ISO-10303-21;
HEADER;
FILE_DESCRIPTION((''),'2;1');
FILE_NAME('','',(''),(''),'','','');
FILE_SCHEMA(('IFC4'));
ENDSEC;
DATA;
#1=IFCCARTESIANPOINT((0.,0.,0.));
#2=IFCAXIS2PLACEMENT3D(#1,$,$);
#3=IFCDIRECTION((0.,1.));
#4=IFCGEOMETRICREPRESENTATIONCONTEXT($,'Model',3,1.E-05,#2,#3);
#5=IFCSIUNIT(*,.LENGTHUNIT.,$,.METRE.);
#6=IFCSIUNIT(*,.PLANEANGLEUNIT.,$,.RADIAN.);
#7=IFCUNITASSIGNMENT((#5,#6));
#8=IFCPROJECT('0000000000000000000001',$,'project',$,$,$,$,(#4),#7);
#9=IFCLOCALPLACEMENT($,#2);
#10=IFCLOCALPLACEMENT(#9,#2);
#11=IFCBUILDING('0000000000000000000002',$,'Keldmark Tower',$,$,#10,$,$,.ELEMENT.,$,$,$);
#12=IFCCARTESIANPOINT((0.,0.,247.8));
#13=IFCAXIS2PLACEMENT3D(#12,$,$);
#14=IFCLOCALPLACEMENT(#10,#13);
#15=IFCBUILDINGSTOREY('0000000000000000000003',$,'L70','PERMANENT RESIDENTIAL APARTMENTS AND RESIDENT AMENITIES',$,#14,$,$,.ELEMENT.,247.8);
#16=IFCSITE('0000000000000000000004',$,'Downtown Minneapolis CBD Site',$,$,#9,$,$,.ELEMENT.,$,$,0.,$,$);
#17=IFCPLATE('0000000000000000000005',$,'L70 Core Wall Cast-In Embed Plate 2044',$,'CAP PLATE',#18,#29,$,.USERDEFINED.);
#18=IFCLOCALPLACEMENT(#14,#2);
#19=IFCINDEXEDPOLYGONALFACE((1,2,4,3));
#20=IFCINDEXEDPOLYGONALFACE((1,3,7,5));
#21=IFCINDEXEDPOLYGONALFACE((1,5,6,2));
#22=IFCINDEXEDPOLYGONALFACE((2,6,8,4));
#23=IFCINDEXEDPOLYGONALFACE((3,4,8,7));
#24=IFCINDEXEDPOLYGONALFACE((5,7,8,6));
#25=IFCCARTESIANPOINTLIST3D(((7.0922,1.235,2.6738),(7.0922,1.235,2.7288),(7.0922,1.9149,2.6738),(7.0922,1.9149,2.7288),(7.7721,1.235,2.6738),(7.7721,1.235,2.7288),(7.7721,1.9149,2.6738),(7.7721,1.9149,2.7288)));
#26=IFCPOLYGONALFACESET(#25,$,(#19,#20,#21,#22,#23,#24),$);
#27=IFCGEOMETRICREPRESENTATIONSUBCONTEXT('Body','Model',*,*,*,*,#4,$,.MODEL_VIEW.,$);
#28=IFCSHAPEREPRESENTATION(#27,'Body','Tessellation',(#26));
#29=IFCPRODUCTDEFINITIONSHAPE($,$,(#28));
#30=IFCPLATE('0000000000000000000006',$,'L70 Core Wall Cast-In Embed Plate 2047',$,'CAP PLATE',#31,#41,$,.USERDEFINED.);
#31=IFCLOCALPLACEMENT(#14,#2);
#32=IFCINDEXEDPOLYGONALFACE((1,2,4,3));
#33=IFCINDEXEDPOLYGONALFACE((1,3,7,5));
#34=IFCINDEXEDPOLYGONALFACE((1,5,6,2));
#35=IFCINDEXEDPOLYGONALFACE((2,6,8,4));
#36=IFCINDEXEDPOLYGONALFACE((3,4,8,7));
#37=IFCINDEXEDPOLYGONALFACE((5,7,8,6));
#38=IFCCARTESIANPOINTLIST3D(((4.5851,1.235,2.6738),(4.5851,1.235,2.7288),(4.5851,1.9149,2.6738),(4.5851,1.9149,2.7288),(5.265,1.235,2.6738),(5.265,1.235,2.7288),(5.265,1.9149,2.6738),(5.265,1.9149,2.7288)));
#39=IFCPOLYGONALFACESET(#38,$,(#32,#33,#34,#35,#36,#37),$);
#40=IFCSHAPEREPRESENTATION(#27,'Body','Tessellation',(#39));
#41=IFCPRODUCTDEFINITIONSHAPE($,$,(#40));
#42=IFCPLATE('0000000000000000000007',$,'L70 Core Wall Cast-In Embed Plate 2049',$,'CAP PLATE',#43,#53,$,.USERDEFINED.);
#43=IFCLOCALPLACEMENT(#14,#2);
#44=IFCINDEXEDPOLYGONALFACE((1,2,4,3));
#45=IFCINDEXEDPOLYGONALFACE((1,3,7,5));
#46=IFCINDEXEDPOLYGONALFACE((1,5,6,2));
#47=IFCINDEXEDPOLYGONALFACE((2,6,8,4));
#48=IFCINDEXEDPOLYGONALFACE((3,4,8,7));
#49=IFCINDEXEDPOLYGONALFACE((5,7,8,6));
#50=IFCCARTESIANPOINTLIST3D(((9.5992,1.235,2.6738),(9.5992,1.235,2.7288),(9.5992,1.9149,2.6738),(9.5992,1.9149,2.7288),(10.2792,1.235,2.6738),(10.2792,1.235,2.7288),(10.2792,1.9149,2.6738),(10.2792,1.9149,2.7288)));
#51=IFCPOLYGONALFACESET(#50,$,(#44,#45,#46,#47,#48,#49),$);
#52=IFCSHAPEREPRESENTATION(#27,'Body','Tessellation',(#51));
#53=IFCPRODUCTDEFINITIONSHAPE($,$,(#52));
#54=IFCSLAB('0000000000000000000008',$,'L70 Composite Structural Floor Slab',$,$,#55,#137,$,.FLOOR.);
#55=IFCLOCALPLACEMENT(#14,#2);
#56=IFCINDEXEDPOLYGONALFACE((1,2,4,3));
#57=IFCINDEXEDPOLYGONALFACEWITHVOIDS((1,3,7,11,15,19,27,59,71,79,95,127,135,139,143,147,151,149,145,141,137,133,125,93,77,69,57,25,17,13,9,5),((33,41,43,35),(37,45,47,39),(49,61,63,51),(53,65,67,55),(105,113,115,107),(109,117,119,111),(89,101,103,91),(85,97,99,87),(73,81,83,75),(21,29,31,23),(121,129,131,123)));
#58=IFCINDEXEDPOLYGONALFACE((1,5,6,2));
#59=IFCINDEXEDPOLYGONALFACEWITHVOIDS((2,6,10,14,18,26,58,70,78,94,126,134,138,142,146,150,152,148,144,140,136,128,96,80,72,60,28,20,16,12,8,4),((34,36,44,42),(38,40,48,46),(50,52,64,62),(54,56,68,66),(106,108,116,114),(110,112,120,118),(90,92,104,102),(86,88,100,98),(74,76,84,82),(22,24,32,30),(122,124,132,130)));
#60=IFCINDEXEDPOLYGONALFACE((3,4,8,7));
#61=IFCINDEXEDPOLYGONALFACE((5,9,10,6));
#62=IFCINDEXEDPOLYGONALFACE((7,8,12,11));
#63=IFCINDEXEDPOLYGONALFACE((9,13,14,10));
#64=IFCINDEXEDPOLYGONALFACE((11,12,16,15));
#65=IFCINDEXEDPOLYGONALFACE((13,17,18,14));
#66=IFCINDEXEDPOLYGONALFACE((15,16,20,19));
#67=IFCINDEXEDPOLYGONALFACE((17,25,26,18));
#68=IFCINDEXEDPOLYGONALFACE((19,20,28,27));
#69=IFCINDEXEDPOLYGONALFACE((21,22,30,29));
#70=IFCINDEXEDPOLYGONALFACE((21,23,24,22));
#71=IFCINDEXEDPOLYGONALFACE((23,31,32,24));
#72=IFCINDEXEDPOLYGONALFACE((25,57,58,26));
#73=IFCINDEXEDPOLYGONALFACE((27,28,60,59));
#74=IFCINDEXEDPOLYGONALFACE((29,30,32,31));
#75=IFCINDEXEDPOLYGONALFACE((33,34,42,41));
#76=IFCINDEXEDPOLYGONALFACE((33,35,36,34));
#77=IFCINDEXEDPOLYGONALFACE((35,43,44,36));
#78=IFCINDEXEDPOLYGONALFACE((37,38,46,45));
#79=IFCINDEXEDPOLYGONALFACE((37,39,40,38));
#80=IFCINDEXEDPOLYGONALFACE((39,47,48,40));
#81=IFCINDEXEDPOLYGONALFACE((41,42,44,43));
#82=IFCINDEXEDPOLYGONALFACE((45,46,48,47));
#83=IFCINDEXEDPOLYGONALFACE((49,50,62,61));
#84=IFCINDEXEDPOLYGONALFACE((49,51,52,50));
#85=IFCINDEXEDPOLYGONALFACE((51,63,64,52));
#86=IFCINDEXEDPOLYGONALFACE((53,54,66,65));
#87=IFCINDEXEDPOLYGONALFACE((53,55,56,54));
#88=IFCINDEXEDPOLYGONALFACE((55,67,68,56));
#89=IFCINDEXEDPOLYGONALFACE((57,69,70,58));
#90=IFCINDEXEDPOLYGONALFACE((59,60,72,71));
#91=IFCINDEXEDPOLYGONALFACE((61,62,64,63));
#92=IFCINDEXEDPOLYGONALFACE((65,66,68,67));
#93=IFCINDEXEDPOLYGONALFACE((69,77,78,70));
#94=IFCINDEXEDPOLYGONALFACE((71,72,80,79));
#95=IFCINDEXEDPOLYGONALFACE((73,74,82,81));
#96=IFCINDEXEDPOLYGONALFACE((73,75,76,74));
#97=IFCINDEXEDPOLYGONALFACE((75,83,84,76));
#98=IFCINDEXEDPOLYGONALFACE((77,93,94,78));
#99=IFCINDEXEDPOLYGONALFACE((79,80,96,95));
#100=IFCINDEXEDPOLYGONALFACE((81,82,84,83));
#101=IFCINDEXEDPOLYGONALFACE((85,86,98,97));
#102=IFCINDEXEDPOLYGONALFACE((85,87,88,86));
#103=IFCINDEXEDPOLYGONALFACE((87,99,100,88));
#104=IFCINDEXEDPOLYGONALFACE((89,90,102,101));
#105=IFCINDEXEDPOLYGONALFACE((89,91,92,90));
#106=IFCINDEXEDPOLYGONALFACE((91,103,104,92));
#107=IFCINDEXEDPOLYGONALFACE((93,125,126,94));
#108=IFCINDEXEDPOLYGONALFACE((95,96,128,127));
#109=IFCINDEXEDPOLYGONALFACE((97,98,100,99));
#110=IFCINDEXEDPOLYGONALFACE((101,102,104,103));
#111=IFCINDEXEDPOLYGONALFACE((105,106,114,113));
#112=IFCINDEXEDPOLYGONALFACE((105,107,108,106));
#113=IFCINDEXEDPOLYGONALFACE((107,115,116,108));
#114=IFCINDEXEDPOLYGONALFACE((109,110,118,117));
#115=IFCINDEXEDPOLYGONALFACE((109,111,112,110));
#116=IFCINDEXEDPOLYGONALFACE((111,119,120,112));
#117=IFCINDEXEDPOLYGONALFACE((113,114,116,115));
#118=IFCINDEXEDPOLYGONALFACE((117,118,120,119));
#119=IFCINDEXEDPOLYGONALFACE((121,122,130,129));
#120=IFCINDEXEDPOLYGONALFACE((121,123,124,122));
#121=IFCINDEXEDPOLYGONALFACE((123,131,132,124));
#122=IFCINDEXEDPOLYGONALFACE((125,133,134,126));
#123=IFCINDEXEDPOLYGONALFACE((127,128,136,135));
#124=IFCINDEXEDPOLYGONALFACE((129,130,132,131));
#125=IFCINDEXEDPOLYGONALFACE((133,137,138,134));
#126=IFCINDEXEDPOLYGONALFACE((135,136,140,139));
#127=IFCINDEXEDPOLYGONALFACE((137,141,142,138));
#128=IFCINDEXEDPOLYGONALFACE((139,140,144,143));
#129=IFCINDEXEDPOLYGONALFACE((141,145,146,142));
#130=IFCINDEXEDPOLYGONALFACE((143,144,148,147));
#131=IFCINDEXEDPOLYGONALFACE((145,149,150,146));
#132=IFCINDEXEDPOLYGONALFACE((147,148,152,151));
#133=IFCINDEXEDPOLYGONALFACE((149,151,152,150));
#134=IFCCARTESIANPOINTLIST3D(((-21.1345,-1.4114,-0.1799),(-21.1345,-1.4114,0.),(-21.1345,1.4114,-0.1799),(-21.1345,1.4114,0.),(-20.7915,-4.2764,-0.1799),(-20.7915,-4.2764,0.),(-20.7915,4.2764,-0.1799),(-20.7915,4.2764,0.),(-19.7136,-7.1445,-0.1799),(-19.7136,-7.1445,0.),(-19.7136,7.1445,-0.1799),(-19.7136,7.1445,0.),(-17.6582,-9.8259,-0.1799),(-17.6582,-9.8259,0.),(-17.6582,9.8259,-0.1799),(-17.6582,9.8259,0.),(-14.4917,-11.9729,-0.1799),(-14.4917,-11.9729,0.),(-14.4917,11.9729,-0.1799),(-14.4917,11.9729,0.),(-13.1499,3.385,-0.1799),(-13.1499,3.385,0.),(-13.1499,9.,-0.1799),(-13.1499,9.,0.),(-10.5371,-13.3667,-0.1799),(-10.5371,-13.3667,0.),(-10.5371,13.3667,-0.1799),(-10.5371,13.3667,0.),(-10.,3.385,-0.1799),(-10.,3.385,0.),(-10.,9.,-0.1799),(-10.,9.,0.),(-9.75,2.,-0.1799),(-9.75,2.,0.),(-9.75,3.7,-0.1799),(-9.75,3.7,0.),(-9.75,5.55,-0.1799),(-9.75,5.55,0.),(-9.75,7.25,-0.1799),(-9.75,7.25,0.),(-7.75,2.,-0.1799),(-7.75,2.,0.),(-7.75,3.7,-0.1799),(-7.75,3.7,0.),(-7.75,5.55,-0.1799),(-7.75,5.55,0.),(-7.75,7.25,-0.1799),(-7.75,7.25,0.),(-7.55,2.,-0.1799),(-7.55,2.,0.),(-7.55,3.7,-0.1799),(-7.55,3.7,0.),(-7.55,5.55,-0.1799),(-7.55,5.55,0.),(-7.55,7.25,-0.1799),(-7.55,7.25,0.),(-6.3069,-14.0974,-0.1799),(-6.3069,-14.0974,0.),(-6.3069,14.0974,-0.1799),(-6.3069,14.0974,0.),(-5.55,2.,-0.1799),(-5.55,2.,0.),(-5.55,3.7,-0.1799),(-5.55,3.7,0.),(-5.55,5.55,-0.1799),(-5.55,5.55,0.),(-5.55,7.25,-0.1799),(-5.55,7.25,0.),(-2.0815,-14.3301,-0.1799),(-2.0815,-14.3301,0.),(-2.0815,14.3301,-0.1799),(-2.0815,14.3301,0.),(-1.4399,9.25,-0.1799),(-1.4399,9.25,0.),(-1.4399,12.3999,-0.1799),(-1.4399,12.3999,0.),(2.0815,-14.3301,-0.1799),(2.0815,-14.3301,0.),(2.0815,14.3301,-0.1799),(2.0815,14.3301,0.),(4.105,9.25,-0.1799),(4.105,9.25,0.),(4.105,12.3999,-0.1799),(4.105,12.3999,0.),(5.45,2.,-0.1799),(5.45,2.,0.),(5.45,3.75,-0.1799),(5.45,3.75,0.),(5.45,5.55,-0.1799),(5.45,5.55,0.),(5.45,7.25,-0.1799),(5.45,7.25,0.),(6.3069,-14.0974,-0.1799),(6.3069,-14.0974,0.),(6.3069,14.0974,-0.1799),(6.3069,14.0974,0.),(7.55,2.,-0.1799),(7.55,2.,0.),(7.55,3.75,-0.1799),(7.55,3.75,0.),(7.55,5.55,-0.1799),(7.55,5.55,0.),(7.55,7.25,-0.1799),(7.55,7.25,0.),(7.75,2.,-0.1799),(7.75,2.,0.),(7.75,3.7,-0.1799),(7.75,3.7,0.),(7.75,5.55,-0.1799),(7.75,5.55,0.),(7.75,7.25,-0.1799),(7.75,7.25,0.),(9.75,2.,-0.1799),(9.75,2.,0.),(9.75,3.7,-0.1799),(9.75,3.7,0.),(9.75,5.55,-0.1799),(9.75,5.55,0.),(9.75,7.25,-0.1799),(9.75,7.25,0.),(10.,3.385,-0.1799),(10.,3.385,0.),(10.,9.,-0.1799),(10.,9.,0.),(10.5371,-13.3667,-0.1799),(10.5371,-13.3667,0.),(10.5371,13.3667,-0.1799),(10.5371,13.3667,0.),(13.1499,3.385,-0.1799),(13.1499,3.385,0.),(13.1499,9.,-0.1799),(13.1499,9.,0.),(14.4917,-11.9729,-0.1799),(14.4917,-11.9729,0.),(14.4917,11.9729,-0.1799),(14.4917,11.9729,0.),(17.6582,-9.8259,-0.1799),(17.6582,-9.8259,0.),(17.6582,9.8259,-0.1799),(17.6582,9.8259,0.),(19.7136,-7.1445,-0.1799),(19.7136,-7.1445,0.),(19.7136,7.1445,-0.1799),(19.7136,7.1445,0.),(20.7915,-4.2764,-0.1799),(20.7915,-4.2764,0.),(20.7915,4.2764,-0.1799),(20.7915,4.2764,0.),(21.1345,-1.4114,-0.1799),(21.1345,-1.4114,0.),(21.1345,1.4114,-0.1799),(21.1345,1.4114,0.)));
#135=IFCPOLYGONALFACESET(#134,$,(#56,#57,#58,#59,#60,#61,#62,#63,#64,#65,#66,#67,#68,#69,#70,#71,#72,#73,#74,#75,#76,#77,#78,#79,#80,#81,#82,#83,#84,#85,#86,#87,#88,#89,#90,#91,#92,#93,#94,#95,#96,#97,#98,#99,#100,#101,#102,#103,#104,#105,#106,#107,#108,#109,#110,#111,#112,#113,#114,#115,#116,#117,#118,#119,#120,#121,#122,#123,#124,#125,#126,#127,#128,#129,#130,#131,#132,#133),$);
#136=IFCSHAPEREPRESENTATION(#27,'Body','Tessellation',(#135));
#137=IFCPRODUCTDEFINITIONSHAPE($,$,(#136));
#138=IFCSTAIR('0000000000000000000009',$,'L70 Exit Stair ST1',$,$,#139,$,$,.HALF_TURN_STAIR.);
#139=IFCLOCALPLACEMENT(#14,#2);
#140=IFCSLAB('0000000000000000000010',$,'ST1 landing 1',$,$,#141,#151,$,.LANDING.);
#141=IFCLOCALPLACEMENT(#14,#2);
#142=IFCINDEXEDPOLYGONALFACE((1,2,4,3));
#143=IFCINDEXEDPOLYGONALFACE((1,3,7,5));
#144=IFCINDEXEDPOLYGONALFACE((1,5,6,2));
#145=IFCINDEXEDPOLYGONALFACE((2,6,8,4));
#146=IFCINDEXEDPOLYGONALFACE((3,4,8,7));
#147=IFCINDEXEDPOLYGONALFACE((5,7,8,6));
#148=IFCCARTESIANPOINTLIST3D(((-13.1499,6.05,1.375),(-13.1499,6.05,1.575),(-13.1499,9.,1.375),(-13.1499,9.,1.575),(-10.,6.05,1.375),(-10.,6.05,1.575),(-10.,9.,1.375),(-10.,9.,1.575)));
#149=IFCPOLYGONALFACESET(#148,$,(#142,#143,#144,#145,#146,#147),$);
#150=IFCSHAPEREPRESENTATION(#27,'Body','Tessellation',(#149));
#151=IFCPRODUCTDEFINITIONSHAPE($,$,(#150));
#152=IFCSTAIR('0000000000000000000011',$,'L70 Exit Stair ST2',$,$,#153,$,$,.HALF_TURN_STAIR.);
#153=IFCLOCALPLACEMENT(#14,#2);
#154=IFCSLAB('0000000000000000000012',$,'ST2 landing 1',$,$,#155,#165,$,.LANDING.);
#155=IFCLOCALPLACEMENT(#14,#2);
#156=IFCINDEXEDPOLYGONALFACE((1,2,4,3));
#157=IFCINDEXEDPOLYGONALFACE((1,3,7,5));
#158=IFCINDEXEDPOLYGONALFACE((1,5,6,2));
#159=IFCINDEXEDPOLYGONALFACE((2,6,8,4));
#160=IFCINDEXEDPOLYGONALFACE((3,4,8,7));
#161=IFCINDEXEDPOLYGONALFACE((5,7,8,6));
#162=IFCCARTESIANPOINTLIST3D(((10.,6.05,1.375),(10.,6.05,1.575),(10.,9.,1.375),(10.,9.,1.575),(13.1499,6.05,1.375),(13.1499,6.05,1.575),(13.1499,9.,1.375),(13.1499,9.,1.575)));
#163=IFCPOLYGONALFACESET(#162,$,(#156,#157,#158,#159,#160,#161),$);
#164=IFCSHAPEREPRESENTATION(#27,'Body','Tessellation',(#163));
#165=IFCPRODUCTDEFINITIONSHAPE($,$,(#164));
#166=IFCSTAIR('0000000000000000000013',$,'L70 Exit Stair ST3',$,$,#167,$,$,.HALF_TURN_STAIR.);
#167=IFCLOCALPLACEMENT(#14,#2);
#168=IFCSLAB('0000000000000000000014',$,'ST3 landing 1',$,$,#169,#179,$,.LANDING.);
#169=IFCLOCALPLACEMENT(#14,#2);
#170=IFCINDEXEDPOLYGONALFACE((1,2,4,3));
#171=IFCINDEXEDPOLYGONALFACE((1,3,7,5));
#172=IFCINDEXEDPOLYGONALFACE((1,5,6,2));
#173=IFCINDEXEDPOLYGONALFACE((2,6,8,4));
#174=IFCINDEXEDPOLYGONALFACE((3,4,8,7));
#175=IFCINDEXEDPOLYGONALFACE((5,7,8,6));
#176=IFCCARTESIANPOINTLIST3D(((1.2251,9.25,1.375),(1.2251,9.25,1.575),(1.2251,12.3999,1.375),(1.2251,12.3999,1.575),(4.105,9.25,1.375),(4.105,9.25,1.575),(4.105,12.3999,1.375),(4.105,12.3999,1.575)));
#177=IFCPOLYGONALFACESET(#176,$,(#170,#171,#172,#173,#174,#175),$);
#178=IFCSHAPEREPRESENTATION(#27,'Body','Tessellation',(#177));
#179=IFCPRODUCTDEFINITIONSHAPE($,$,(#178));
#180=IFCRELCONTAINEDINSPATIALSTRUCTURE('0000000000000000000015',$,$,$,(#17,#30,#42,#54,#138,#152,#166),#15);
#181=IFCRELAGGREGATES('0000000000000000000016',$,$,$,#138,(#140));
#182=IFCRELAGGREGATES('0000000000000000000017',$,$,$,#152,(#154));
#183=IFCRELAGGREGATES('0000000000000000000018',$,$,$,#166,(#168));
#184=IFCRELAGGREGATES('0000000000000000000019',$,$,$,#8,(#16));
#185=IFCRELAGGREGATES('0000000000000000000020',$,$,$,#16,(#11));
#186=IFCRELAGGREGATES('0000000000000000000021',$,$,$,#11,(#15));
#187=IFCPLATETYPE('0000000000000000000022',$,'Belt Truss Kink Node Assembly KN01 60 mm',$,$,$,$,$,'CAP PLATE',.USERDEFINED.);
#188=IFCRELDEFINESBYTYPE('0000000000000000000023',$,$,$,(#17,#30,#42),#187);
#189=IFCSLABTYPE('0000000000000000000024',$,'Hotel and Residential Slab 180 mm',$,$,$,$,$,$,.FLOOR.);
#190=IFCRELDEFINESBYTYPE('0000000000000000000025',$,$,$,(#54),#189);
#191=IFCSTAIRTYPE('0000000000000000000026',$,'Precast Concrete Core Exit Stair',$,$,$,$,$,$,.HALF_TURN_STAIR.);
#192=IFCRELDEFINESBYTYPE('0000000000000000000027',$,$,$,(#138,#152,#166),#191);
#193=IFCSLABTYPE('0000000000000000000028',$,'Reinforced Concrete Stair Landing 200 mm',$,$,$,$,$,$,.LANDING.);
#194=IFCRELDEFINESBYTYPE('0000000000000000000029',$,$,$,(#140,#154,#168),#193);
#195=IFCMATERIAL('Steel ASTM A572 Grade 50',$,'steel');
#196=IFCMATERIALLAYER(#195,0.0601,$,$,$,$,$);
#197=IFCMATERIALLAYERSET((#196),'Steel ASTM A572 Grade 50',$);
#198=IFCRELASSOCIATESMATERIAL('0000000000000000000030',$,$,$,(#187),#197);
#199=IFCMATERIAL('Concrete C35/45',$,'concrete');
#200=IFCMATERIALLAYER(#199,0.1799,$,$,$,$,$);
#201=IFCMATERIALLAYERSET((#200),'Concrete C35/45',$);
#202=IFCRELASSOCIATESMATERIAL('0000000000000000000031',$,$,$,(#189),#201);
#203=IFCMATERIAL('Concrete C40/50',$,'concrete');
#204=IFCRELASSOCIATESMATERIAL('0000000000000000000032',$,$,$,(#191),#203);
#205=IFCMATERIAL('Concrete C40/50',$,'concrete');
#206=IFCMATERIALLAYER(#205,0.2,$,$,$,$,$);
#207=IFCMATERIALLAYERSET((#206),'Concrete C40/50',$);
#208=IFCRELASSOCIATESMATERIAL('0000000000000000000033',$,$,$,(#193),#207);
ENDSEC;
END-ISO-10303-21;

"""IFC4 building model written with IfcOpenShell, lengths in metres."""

from ifc_helpers import new_model, si_unit, direction, frame, origin, origin_2d, place, context, subcontext, project, spatial, polyline, rectangle, outline, extrude, material, layer, layer_set, type_object, element, aggregate, save


model = new_model("IFC4")

# Units and contexts
model_context = context("Model", 3, precision=1e-05, world=origin(), true_north=direction((0.0, 1.0)))
body_context = subcontext(model_context, "Body", "Model", "MODEL_VIEW")
ifc_project = project(units=[si_unit("LENGTHUNIT", "METRE"), si_unit("PLANEANGLEUNIT", "RADIAN")], contexts=[model_context])

# Site, building, storey
site_placement = place(None, origin())
site = spatial("IfcSite", under=ifc_project, at=site_placement, Name="Downtown Minneapolis CBD Site", CompositionType="ELEMENT", RefElevation=0.0)
building_placement = place(site_placement, origin())
building = spatial("IfcBuilding", under=site, at=building_placement, Name="Keldmark Tower", CompositionType="ELEMENT")
storey_placement = place(building_placement, frame((0.0, 0.0, 247.8)))
storey = spatial("IfcBuildingStorey", under=building, at=storey_placement, Name="L70", Description="PERMANENT RESIDENTIAL APARTMENTS AND RESIDENT AMENITIES", CompositionType="ELEMENT", Elevation=247.8)

# Plates
ifc_material_1 = material(Name="Steel ASTM A572 Grade 50", Category="steel")
ifc_layer_1 = layer(ifc_material_1, 0.0601)
ifc_layer_set_1 = layer_set([ifc_layer_1], Name="Steel ASTM A572 Grade 50")
plate_type = type_object("IfcPlateType", Name="Belt Truss Kink Node Assembly KN01 60 mm", ElementType="CAP PLATE", PredefinedType="USERDEFINED", material=ifc_layer_set_1)
for number, where, z_axis, x_axis, name in (
    (1, (7.4321, 1.575, 2.6738), (0.0, 0.0, 1.0), (1.0, 0.0, 0.0), "L70 Core Wall Cast-In Embed Plate 2044"),
    (2, (4.925, 1.575, 2.6738), (0.0, 0.0, 1.0), (1.0, 0.0, 0.0), "L70 Core Wall Cast-In Embed Plate 2047"),
    (3, (9.9392, 1.575, 2.6738), (0.0, 0.0, 1.0), (1.0, 0.0, 0.0), "L70 Core Wall Cast-In Embed Plate 2049"),
):
    element("IfcPlate", number, at=place(storey_placement, frame(where, z_axis=z_axis, x_axis=x_axis)), inside=storey, type_object=plate_type, Name=name, ObjectType="CAP PLATE", PredefinedType="USERDEFINED", context=body_context, shape_type="SweptSolid", body=[
        extrude(rectangle(XDim=0.6799, YDim=0.6799, at=origin_2d()), origin(), (0.0, 0.0, 1.0), 0.0549),
    ])

# Slab
ifc_material_2 = material(Name="Concrete C35/45", Category="concrete")
ifc_layer_2 = layer(ifc_material_2, 0.1799)
ifc_layer_set_2 = layer_set([ifc_layer_2], Name="Concrete C35/45")
slab_type_1 = type_object("IfcSlabType", Name="Hotel and Residential Slab 180 mm", PredefinedType="FLOOR", material=ifc_layer_set_2)
slab_1_placement = place(storey_placement, frame((0.0, 0.0, -0.1799)))
element("IfcSlab", 4, at=slab_1_placement, inside=storey, type_object=slab_type_1, Name="L70 Composite Structural Floor Slab", PredefinedType="FLOOR", context=body_context, shape_type="SweptSolid", body=[
    extrude(outline(polyline([(21.1345, 1.4114), (20.7915, 4.2764), (19.7136, 7.1445), (17.6582, 9.8259), (14.4917, 11.9729), (10.5371, 13.3667), (6.3069, 14.0974), (2.0815, 14.3301), (-2.0815, 14.3301), (-6.3069, 14.0974), (-10.5371, 13.3667), (-14.4917, 11.9729), (-17.6582, 9.8259), (-19.7136, 7.1445), (-20.7915, 4.2764), (-21.1345, 1.4114), (-21.1345, -1.4114), (-20.7915, -4.2764), (-19.7136, -7.1445), (-17.6582, -9.8259), (-14.4917, -11.9729), (-10.5371, -13.3667), (-6.3069, -14.0974), (-2.0815, -14.3301), (2.0815, -14.3301), (6.3069, -14.0974), (10.5371, -13.3667), (14.4917, -11.9729), (17.6582, -9.8259), (19.7136, -7.1445), (20.7915, -4.2764), (21.1345, -1.4114), (21.1345, 1.4114)]), holes=[polyline([(-10.0, 3.385), (-10.0, 9.0), (-13.1499, 9.0), (-13.1499, 3.385), (-10.0, 3.385)]), polyline([(13.1499, 3.385), (13.1499, 9.0), (10.0, 9.0), (10.0, 3.385), (13.1499, 3.385)]), polyline([(-1.4399, 9.25), (4.105, 9.25), (4.105, 12.3999), (-1.4399, 12.3999), (-1.4399, 9.25)]), polyline([(-9.75, 2.0), (-7.75, 2.0), (-7.75, 3.7), (-9.75, 3.7), (-9.75, 2.0)]), polyline([(7.75, 2.0), (9.75, 2.0), (9.75, 3.7), (7.75, 3.7), (7.75, 2.0)]), polyline([(5.45, 2.0), (7.55, 2.0), (7.55, 3.75), (5.45, 3.75), (5.45, 2.0)]), polyline([(-9.75, 5.55), (-7.75, 5.55), (-7.75, 7.25), (-9.75, 7.25), (-9.75, 5.55)]), polyline([(-7.55, 5.55), (-5.55, 5.55), (-5.55, 7.25), (-7.55, 7.25), (-7.55, 5.55)]), polyline([(-7.55, 2.0), (-5.55, 2.0), (-5.55, 3.7), (-7.55, 3.7), (-7.55, 2.0)]), polyline([(5.45, 5.55), (7.55, 5.55), (7.55, 7.25), (5.45, 7.25), (5.45, 5.55)]), polyline([(7.75, 5.55), (9.75, 5.55), (9.75, 7.25), (7.75, 7.25), (7.75, 5.55)])]), origin(), (0.0, 0.0, 1.0), 0.1799),
])

# Stairs, slabs
ifc_material_3 = material(Name="Concrete C40/50", Category="concrete")
stair_type = type_object("IfcStairType", Name="Precast Concrete Core Exit Stair", PredefinedType="HALF_TURN_STAIR", material=ifc_material_3)
stair_1_placement = place(storey_placement, origin())
stair_1 = element("IfcStair", 5, at=stair_1_placement, inside=storey, type_object=stair_type, Name="L70 Exit Stair ST1", PredefinedType="HALF_TURN_STAIR")
ifc_material_4 = material(Name="Concrete C40/50", Category="concrete")
ifc_layer_3 = layer(ifc_material_4, 0.2)
ifc_layer_set_3 = layer_set([ifc_layer_3], Name="Concrete C40/50")
slab_type_2 = type_object("IfcSlabType", Name="Reinforced Concrete Stair Landing 200 mm", PredefinedType="LANDING", material=ifc_layer_set_3)
slab_2_placement = place(storey_placement, frame((0.0, 0.0, 1.375)))
slab_2 = element("IfcSlab", 6, at=slab_2_placement, type_object=slab_type_2, Name="ST1 landing 1", PredefinedType="LANDING", context=body_context, shape_type="SweptSolid", body=[
    extrude(outline(polyline([(-10.0, 6.05), (-10.0, 9.0), (-13.1499, 9.0), (-13.1499, 6.05), (-10.0, 6.05)])), origin(), (0.0, 0.0, 1.0), 0.2),
])
aggregate(stair_1, [slab_2])
stair_2_placement = place(storey_placement, origin())
stair_2 = element("IfcStair", 7, at=stair_2_placement, inside=storey, type_object=stair_type, Name="L70 Exit Stair ST2", PredefinedType="HALF_TURN_STAIR")
slab_3_placement = place(storey_placement, frame((0.0, 0.0, 1.375)))
slab_3 = element("IfcSlab", 8, at=slab_3_placement, type_object=slab_type_2, Name="ST2 landing 1", PredefinedType="LANDING", context=body_context, shape_type="SweptSolid", body=[
    extrude(outline(polyline([(13.1499, 6.05), (13.1499, 9.0), (10.0, 9.0), (10.0, 6.05), (13.1499, 6.05)])), origin(), (0.0, 0.0, 1.0), 0.2),
])
aggregate(stair_2, [slab_3])
stair_3_placement = place(storey_placement, origin())
stair_3 = element("IfcStair", 9, at=stair_3_placement, inside=storey, type_object=stair_type, Name="L70 Exit Stair ST3", PredefinedType="HALF_TURN_STAIR")
slab_4_placement = place(storey_placement, frame((0.0, 0.0, 1.375)))
slab_4 = element("IfcSlab", 10, at=slab_4_placement, type_object=slab_type_2, Name="ST3 landing 1", PredefinedType="LANDING", context=body_context, shape_type="SweptSolid", body=[
    extrude(outline(polyline([(1.2251, 9.25), (4.105, 9.25), (4.105, 12.3999), (1.2251, 12.3999), (1.2251, 9.25)])), origin(), (0.0, 0.0, 1.0), 0.2),
])
aggregate(stair_3, [slab_4])

save(model, "model.ifc")
